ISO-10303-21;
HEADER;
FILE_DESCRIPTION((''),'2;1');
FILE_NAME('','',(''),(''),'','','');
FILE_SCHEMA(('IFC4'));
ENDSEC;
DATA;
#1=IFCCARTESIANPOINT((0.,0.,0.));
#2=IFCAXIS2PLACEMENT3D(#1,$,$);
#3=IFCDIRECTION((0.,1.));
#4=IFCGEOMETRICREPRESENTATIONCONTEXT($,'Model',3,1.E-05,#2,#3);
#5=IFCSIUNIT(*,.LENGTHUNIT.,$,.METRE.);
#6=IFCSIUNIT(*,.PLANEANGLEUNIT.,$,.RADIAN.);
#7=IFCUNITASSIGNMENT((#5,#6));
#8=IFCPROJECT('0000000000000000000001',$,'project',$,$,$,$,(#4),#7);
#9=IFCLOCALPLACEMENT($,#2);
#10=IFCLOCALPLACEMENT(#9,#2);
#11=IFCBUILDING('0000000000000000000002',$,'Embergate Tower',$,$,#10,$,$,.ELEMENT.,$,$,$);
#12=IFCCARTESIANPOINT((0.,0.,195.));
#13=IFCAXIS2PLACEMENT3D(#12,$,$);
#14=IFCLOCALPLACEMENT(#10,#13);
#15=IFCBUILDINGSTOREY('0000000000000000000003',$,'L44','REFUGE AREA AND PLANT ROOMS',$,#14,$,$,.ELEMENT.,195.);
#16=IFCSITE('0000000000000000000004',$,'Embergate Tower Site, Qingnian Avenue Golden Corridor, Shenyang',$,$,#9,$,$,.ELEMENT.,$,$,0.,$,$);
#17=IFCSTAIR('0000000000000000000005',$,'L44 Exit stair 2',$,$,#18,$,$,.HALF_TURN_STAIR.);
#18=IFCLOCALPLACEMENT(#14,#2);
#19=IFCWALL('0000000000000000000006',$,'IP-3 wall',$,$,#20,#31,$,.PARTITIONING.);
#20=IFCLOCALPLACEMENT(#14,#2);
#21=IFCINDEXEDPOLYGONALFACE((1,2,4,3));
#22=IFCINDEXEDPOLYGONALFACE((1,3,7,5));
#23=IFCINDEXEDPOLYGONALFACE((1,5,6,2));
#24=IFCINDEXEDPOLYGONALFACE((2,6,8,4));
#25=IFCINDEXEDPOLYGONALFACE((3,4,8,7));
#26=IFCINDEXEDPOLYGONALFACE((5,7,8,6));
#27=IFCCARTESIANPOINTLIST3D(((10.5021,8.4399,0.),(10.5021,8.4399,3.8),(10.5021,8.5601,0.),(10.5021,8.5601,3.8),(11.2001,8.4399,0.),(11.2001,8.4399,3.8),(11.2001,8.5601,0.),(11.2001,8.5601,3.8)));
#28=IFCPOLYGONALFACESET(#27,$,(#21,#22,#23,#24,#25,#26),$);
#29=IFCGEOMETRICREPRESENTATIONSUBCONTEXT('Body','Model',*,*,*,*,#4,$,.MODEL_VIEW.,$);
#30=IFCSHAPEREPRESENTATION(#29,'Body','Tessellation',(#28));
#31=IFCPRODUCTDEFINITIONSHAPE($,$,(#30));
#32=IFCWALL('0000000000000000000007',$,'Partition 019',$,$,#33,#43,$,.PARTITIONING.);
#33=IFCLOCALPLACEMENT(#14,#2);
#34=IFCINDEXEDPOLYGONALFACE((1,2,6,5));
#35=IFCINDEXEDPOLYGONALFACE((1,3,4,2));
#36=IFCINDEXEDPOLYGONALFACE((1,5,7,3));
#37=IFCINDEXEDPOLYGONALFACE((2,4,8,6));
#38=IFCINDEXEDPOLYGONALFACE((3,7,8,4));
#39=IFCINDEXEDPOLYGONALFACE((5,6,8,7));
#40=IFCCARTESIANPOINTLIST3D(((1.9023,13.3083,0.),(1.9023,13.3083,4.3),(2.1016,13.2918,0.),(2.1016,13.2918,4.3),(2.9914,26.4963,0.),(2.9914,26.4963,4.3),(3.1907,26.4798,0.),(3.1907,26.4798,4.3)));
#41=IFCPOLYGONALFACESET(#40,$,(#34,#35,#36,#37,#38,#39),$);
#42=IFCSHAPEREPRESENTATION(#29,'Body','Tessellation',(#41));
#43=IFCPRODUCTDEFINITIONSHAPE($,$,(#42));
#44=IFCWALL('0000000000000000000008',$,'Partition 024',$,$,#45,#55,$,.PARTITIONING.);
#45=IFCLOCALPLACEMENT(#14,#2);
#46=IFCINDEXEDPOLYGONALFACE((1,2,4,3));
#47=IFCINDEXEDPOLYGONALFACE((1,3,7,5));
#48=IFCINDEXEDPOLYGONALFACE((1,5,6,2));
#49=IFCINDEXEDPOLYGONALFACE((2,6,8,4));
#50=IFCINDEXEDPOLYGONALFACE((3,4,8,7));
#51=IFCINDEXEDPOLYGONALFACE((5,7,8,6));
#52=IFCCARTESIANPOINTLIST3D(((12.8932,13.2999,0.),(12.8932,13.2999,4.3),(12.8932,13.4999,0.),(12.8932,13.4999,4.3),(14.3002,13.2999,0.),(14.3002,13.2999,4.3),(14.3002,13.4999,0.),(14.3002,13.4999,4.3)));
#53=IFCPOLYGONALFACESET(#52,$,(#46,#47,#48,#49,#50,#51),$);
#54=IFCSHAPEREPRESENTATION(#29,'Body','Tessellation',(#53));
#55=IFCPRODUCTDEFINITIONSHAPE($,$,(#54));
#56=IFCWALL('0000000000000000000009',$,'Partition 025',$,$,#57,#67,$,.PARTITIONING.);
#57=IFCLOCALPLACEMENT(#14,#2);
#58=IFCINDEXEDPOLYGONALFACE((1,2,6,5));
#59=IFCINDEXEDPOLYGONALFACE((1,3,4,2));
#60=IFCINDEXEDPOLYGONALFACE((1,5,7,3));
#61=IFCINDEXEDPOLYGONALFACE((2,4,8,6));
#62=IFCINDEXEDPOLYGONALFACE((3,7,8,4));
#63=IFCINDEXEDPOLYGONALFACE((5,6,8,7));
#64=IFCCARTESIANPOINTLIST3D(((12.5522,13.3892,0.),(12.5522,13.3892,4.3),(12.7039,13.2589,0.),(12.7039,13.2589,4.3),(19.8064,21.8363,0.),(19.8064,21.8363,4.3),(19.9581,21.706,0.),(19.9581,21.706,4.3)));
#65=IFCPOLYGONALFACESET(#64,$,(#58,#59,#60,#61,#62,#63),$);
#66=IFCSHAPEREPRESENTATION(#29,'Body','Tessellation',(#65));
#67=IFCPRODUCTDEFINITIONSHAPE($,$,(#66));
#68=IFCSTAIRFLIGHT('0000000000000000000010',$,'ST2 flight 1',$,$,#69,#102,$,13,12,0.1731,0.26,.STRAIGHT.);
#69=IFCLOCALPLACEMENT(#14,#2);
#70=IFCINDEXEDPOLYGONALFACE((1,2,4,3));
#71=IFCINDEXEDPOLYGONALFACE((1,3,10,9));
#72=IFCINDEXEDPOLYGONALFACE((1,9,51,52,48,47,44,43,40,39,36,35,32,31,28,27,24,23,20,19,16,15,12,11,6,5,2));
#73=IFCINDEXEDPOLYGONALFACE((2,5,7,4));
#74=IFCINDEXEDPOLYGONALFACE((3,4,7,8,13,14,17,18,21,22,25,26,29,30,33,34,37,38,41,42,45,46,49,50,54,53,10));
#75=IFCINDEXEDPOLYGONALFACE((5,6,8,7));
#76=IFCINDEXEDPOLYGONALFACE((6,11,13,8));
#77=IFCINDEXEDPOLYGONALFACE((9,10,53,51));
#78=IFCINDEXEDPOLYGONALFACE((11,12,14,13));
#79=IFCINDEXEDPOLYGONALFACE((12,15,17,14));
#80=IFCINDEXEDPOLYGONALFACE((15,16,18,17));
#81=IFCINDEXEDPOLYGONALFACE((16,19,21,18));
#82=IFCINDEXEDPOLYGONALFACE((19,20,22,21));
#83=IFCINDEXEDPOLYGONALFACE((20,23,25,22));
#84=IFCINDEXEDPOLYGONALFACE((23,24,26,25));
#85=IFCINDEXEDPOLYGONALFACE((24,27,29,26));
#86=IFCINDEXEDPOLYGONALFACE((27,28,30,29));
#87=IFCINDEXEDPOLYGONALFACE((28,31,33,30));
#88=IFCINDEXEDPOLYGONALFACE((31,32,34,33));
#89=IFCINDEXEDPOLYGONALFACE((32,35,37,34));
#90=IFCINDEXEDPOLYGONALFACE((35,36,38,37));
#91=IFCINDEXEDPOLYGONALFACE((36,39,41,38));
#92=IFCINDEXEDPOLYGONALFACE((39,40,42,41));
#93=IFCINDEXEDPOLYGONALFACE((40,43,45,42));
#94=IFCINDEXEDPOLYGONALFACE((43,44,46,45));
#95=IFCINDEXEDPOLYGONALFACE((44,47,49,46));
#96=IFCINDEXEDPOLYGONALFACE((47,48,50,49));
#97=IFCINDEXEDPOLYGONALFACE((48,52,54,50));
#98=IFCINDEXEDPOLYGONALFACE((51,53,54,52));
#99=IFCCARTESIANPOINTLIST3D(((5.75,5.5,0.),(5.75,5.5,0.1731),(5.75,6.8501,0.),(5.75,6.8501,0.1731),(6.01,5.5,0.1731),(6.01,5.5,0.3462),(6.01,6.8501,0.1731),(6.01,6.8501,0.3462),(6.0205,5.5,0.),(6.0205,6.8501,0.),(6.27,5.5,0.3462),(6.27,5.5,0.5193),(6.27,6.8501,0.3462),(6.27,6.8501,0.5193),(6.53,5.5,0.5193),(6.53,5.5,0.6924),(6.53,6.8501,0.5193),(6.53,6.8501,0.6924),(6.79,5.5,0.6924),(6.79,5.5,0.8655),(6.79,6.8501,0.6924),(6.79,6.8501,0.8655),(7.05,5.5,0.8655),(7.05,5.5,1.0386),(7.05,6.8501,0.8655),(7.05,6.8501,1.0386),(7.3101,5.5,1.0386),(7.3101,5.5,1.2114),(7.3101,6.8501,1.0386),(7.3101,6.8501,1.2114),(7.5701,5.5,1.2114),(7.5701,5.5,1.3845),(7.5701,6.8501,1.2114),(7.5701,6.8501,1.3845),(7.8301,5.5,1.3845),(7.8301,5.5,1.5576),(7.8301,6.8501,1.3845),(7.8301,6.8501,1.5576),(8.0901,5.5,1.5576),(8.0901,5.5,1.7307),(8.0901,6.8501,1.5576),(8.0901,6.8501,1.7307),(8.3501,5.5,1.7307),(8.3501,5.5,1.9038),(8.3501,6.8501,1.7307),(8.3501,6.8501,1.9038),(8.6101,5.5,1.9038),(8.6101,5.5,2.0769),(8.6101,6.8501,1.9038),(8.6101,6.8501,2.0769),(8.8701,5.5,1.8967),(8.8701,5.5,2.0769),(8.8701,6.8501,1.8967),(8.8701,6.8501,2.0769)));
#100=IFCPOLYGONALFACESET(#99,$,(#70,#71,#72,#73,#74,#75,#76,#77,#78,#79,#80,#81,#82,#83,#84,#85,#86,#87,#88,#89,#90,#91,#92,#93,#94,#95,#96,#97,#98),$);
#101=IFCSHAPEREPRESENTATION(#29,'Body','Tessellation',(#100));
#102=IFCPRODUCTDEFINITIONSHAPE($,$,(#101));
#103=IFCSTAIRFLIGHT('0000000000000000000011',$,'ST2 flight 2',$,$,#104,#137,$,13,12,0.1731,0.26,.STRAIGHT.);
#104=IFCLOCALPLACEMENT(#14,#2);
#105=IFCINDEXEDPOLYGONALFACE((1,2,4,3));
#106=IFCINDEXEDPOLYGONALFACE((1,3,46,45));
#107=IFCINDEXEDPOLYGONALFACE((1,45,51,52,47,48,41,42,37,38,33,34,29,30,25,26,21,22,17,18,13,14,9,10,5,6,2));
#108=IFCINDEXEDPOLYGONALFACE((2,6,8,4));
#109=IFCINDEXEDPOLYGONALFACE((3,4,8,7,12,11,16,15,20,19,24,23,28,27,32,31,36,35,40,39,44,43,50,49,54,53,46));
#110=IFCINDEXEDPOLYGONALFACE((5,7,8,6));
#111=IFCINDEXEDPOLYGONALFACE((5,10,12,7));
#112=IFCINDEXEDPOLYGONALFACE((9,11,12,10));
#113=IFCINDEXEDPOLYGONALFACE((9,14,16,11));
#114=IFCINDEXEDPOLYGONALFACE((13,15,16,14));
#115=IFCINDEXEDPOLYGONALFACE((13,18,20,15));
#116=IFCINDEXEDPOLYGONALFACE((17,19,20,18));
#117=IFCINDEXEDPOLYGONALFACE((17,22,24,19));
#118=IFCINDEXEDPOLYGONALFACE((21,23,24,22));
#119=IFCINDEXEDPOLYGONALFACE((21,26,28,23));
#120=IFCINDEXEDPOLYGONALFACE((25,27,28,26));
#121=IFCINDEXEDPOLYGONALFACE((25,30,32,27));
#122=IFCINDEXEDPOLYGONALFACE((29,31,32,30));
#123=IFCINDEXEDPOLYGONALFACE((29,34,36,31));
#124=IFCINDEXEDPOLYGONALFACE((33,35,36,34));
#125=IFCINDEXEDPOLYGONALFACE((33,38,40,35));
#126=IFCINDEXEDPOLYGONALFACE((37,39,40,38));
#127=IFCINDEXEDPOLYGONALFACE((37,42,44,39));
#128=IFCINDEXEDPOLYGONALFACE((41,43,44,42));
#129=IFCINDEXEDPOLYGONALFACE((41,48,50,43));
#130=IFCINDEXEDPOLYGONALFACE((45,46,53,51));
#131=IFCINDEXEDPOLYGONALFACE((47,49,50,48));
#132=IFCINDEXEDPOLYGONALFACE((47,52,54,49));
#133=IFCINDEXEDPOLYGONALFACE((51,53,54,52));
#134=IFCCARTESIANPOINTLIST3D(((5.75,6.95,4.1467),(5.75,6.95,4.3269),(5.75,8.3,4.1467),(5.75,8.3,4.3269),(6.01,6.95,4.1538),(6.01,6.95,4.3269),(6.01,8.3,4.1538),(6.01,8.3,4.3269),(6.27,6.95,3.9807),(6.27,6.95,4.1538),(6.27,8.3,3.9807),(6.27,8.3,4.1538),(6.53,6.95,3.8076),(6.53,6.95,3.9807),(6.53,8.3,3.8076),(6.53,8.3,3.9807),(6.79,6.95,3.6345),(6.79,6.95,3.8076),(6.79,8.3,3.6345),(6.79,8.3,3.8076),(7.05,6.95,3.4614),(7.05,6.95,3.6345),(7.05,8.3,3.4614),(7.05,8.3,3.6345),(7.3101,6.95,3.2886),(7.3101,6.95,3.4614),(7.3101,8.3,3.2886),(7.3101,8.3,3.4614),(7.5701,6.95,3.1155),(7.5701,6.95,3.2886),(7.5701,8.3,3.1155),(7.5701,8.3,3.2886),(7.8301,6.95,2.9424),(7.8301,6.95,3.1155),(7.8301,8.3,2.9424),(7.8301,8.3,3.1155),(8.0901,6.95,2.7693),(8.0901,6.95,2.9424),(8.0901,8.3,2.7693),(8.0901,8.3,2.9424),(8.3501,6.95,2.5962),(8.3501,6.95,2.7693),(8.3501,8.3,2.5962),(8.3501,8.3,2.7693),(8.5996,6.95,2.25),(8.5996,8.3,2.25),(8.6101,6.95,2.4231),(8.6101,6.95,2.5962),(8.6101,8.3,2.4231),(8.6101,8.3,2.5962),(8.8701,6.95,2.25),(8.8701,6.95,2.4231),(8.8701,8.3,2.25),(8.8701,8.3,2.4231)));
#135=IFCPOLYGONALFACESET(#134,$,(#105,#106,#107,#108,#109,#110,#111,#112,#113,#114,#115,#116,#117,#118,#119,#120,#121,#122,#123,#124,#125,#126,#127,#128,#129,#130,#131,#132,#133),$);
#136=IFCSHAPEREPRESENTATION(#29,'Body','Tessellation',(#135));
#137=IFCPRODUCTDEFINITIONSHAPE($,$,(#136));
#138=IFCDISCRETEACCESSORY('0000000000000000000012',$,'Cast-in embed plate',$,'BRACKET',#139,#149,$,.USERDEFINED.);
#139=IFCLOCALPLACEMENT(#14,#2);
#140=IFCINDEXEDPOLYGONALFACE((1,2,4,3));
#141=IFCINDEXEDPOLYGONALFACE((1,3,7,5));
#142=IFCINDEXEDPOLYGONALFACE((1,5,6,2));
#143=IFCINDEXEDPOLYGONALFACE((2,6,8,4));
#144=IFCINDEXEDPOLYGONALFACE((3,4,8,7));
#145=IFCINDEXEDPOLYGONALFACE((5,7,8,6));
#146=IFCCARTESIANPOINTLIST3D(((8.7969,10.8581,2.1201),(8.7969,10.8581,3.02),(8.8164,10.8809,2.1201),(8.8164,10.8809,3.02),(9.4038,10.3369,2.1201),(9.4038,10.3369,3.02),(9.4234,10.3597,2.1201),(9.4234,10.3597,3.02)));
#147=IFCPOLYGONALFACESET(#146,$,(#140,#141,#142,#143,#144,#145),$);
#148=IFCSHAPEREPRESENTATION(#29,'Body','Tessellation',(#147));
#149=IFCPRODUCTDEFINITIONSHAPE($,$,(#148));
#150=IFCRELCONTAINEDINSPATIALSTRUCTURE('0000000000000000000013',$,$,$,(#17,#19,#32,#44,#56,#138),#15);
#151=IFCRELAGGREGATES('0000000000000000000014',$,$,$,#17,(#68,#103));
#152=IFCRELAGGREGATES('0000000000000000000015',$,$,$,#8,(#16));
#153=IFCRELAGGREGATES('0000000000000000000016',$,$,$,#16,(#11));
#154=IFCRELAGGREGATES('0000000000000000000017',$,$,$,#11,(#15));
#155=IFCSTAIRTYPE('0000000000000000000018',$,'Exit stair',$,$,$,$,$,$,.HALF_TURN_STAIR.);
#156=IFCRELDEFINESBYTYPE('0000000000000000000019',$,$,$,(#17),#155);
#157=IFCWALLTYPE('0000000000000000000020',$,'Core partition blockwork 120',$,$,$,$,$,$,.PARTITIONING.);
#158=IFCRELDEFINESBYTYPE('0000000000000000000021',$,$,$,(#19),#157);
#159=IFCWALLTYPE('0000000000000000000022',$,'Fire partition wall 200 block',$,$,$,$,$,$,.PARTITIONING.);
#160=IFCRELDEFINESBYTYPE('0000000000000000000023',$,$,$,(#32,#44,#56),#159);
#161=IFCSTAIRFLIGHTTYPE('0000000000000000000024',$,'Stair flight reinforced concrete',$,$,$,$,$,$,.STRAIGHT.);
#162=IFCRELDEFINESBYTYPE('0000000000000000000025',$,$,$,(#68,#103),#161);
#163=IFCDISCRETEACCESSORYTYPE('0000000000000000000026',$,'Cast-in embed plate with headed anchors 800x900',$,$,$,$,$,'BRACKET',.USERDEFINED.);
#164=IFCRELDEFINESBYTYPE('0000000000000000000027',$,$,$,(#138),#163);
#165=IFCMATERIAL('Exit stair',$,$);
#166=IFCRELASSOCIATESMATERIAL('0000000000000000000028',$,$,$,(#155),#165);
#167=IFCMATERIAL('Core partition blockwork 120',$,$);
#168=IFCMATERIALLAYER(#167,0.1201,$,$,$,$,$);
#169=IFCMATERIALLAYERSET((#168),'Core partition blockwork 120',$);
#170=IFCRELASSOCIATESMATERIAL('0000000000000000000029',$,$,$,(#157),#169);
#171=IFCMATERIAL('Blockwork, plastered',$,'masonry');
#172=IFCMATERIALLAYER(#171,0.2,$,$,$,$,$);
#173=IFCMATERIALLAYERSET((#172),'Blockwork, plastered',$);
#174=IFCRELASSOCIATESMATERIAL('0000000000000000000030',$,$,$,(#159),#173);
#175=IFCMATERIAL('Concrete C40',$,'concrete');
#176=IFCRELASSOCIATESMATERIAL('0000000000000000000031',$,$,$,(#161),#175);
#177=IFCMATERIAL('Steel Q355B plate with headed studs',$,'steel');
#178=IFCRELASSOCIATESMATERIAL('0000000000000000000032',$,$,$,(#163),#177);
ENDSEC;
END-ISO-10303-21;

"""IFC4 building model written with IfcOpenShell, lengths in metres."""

from ifc_helpers import new_model, si_unit, direction, frame, frame_2d, origin, origin_2d, place, context, subcontext, project, spatial, polyline, rectangle, outline, extrude, source, transform, mapped, material, layer, layer_set, type_object, element, aggregate, save


model = new_model("IFC4")

# Units and contexts
model_context = context("Model", 3, precision=1e-05, world=origin(), true_north=direction((0.0, 1.0)))
body_context = subcontext(model_context, "Body", "Model", "MODEL_VIEW")
ifc_project = project(units=[si_unit("LENGTHUNIT", "METRE"), si_unit("PLANEANGLEUNIT", "RADIAN")], contexts=[model_context])

# Site, building, storey
site_placement = place(None, origin())
site = spatial("IfcSite", under=ifc_project, at=site_placement, Name="Embergate Tower Site, Qingnian Avenue Golden Corridor, Shenyang", CompositionType="ELEMENT", RefElevation=0.0)
building_placement = place(site_placement, origin())
building = spatial("IfcBuilding", under=site, at=building_placement, Name="Embergate Tower", CompositionType="ELEMENT")
storey_placement = place(building_placement, frame((0.0, 0.0, 195.0)))
storey = spatial("IfcBuildingStorey", under=building, at=storey_placement, Name="L44", Description="REFUGE AREA AND PLANT ROOMS", CompositionType="ELEMENT", Elevation=195.0)

# Stair
ifc_material_1 = material(Name="Exit stair")
stair_type = type_object("IfcStairType", Name="Exit stair", PredefinedType="HALF_TURN_STAIR", material=ifc_material_1)
stair_placement = place(storey_placement, origin())
stair = element("IfcStair", 1, at=stair_placement, inside=storey, type_object=stair_type, Name="L44 Exit stair 2", PredefinedType="HALF_TURN_STAIR")
ifc_material_2 = material(Name="Concrete C40", Category="concrete")

# Shared definitions
ifc_material_3 = material(Name="Core partition blockwork 120")
ifc_layer_1 = layer(ifc_material_3, 0.1201)
ifc_layer_set_1 = layer_set([ifc_layer_1], Name="Core partition blockwork 120")
wall_type_1 = type_object("IfcWallType", Name="Core partition blockwork 120", PredefinedType="PARTITIONING", material=ifc_layer_set_1)

# Walls
shared_shape_1 = source(origin(), body_context, "Body", "SweptSolid", [
    extrude(rectangle(XDim=0.698, YDim=0.1201, at=frame_2d((0.3491, 0.0))), origin(), (0.0, 0.0, 1.0), 3.8),
])
wall_1_placement = place(storey_placement, frame((10.502, 8.5, 0.0), z_axis=(0.0, 0.0, 1.0), x_axis=(1.0, 0.0, 0.0)))
element("IfcWall", 2, at=wall_1_placement, inside=storey, type_object=wall_type_1, Name="IP-3 wall", PredefinedType="PARTITIONING", context=body_context, shape_type="MappedRepresentation", body=[
    mapped(shared_shape_1, transform((0.0, 0.0, 0.0))),
])
ifc_material_4 = material(Name="Blockwork, plastered", Category="masonry")
ifc_layer_2 = layer(ifc_material_4, 0.2)
ifc_layer_set_2 = layer_set([ifc_layer_2], Name="Blockwork, plastered")
wall_type_2 = type_object("IfcWallType", Name="Fire partition wall 200 block", PredefinedType="PARTITIONING", material=ifc_layer_set_2)
shared_shape_2 = source(origin(), body_context, "Body", "SweptSolid", [
    extrude(rectangle(XDim=13.2329, YDim=0.2, at=frame_2d((6.6165, 0.0))), origin(), (0.0, 0.0, 1.0), 4.3),
])
wall_2_placement = place(storey_placement, frame((2.002, 13.3, 0.0), z_axis=(0.0, 0.0, 1.0), x_axis=(0.082303, 0.996607, 0.0)))
element("IfcWall", 3, at=wall_2_placement, inside=storey, type_object=wall_type_2, Name="Partition 019", PredefinedType="PARTITIONING", context=body_context, shape_type="MappedRepresentation", body=[
    mapped(shared_shape_2, transform((0.0, 0.0, 0.0))),
])

# Walls
shared_shape_3 = source(origin(), body_context, "Body", "SweptSolid", [
    extrude(rectangle(XDim=1.407, YDim=0.2, at=frame_2d((0.7036, 0.0))), origin(), (0.0, 0.0, 1.0), 4.3),
])
wall_3_placement = place(storey_placement, frame((12.8931, 13.3999, 0.0), z_axis=(0.0, 0.0, 1.0), x_axis=(1.0, 0.0, 0.0)))
element("IfcWall", 4, at=wall_3_placement, inside=storey, type_object=wall_type_2, Name="Partition 024", PredefinedType="PARTITIONING", context=body_context, shape_type="MappedRepresentation", body=[
    mapped(shared_shape_3, transform((0.0, 0.0, 0.0))),
])
shared_shape_4 = source(origin(), body_context, "Body", "SweptSolid", [
    extrude(rectangle(XDim=11.1345, YDim=0.2, at=frame_2d((5.5674, 0.0))), origin(), (0.0, 0.0, 1.0), 4.3),
])
wall_4_placement = place(storey_placement, frame((12.6279, 13.324, 0.0), z_axis=(0.0, 0.0, 1.0), x_axis=(0.651508, 0.758642, 0.0)))
element("IfcWall", 5, at=wall_4_placement, inside=storey, type_object=wall_type_2, Name="Partition 025", PredefinedType="PARTITIONING", context=body_context, shape_type="MappedRepresentation", body=[
    mapped(shared_shape_4, transform((0.0, 0.0, 0.0))),
])

# Stair flights
stair_flight_type = type_object("IfcStairFlightType", Name="Stair flight reinforced concrete", PredefinedType="STRAIGHT", material=ifc_material_2)
shared_shape_5 = source(origin(), body_context, "Body", "SweptSolid", [
    extrude(outline(polyline([(0.0, 0.0), (0.0, 0.1731), (0.26, 0.1731), (0.26, 0.3462), (0.52, 0.3462), (0.52, 0.5193), (0.78, 0.5193), (0.78, 0.6924), (1.04, 0.6924), (1.04, 0.8655), (1.3, 0.8655), (1.3, 1.0386), (1.5601, 1.0386), (1.5601, 1.2114), (1.8201, 1.2114), (1.8201, 1.3845), (2.0801, 1.3845), (2.0801, 1.5576), (2.3401, 1.5576), (2.3401, 1.7307), (2.6001, 1.7307), (2.6001, 1.9038), (2.8601, 1.9038), (2.8601, 2.0769), (3.1201, 2.0769), (3.1201, 2.25), (3.1201, 1.8967), (0.2705, 0.0), (0.0, 0.0)])), frame((0.0, 0.675, 0.0), z_axis=(0.0, -1.0, 0.0), x_axis=(1.0, 0.0, 0.0)), (0.0, 0.0, 1.0), 1.3501),
])
stair_flight_1_placement = place(storey_placement, frame((5.75, 6.175, 0.0), z_axis=(0.0, 0.0, 1.0), x_axis=(1.0, 0.0, 0.0)))
stair_flight_1 = element("IfcStairFlight", 6, at=stair_flight_1_placement, type_object=stair_flight_type, Name="ST2 flight 1", NumberOfRisers=13, NumberOfTreads=12, PredefinedType="STRAIGHT", RiserHeight=0.1731, TreadLength=0.26, context=body_context, shape_type="MappedRepresentation", body=[
    mapped(shared_shape_5, transform((0.0, 0.0, 0.0))),
])
stair_flight_2_placement = place(storey_placement, frame((8.8701, 7.625, 2.25), z_axis=(0.0, 0.0, 1.0), x_axis=(-1.0, 0.0, 0.0)))
stair_flight_2 = element("IfcStairFlight", 7, at=stair_flight_2_placement, type_object=stair_flight_type, Name="ST2 flight 2", NumberOfRisers=13, NumberOfTreads=12, PredefinedType="STRAIGHT", RiserHeight=0.1731, TreadLength=0.26, context=body_context, shape_type="MappedRepresentation", body=[
    mapped(shared_shape_5, transform((0.0, 0.0, 0.0))),
])
aggregate(stair, [stair_flight_1, stair_flight_2])

# Discrete accessory
ifc_material_5 = material(Name="Steel Q355B plate with headed studs", Category="steel")
discrete_accessory_type = type_object("IfcDiscreteAccessoryType", Name="Cast-in embed plate with headed anchors 800x900", ElementType="BRACKET", PredefinedType="USERDEFINED", material=ifc_material_5)
shared_shape_6 = source(origin(), body_context, "Body", "SweptSolid", [
    extrude(rectangle(XDim=0.03, YDim=0.8, at=origin_2d()), origin(), (0.0, 0.0, 1.0), 0.8999),
])
discrete_accessory_placement = place(storey_placement, frame((9.1101, 10.6089, 2.1201), z_axis=(0.0, 0.0, 1.0), x_axis=(0.651516, 0.758635, 0.0)))
element("IfcDiscreteAccessory", 8, at=discrete_accessory_placement, inside=storey, type_object=discrete_accessory_type, Name="Cast-in embed plate", ObjectType="BRACKET", PredefinedType="USERDEFINED", context=body_context, shape_type="MappedRepresentation", body=[
    mapped(shared_shape_6, transform((0.0, 0.0, 0.0))),
])

save(model, "model.ifc")
